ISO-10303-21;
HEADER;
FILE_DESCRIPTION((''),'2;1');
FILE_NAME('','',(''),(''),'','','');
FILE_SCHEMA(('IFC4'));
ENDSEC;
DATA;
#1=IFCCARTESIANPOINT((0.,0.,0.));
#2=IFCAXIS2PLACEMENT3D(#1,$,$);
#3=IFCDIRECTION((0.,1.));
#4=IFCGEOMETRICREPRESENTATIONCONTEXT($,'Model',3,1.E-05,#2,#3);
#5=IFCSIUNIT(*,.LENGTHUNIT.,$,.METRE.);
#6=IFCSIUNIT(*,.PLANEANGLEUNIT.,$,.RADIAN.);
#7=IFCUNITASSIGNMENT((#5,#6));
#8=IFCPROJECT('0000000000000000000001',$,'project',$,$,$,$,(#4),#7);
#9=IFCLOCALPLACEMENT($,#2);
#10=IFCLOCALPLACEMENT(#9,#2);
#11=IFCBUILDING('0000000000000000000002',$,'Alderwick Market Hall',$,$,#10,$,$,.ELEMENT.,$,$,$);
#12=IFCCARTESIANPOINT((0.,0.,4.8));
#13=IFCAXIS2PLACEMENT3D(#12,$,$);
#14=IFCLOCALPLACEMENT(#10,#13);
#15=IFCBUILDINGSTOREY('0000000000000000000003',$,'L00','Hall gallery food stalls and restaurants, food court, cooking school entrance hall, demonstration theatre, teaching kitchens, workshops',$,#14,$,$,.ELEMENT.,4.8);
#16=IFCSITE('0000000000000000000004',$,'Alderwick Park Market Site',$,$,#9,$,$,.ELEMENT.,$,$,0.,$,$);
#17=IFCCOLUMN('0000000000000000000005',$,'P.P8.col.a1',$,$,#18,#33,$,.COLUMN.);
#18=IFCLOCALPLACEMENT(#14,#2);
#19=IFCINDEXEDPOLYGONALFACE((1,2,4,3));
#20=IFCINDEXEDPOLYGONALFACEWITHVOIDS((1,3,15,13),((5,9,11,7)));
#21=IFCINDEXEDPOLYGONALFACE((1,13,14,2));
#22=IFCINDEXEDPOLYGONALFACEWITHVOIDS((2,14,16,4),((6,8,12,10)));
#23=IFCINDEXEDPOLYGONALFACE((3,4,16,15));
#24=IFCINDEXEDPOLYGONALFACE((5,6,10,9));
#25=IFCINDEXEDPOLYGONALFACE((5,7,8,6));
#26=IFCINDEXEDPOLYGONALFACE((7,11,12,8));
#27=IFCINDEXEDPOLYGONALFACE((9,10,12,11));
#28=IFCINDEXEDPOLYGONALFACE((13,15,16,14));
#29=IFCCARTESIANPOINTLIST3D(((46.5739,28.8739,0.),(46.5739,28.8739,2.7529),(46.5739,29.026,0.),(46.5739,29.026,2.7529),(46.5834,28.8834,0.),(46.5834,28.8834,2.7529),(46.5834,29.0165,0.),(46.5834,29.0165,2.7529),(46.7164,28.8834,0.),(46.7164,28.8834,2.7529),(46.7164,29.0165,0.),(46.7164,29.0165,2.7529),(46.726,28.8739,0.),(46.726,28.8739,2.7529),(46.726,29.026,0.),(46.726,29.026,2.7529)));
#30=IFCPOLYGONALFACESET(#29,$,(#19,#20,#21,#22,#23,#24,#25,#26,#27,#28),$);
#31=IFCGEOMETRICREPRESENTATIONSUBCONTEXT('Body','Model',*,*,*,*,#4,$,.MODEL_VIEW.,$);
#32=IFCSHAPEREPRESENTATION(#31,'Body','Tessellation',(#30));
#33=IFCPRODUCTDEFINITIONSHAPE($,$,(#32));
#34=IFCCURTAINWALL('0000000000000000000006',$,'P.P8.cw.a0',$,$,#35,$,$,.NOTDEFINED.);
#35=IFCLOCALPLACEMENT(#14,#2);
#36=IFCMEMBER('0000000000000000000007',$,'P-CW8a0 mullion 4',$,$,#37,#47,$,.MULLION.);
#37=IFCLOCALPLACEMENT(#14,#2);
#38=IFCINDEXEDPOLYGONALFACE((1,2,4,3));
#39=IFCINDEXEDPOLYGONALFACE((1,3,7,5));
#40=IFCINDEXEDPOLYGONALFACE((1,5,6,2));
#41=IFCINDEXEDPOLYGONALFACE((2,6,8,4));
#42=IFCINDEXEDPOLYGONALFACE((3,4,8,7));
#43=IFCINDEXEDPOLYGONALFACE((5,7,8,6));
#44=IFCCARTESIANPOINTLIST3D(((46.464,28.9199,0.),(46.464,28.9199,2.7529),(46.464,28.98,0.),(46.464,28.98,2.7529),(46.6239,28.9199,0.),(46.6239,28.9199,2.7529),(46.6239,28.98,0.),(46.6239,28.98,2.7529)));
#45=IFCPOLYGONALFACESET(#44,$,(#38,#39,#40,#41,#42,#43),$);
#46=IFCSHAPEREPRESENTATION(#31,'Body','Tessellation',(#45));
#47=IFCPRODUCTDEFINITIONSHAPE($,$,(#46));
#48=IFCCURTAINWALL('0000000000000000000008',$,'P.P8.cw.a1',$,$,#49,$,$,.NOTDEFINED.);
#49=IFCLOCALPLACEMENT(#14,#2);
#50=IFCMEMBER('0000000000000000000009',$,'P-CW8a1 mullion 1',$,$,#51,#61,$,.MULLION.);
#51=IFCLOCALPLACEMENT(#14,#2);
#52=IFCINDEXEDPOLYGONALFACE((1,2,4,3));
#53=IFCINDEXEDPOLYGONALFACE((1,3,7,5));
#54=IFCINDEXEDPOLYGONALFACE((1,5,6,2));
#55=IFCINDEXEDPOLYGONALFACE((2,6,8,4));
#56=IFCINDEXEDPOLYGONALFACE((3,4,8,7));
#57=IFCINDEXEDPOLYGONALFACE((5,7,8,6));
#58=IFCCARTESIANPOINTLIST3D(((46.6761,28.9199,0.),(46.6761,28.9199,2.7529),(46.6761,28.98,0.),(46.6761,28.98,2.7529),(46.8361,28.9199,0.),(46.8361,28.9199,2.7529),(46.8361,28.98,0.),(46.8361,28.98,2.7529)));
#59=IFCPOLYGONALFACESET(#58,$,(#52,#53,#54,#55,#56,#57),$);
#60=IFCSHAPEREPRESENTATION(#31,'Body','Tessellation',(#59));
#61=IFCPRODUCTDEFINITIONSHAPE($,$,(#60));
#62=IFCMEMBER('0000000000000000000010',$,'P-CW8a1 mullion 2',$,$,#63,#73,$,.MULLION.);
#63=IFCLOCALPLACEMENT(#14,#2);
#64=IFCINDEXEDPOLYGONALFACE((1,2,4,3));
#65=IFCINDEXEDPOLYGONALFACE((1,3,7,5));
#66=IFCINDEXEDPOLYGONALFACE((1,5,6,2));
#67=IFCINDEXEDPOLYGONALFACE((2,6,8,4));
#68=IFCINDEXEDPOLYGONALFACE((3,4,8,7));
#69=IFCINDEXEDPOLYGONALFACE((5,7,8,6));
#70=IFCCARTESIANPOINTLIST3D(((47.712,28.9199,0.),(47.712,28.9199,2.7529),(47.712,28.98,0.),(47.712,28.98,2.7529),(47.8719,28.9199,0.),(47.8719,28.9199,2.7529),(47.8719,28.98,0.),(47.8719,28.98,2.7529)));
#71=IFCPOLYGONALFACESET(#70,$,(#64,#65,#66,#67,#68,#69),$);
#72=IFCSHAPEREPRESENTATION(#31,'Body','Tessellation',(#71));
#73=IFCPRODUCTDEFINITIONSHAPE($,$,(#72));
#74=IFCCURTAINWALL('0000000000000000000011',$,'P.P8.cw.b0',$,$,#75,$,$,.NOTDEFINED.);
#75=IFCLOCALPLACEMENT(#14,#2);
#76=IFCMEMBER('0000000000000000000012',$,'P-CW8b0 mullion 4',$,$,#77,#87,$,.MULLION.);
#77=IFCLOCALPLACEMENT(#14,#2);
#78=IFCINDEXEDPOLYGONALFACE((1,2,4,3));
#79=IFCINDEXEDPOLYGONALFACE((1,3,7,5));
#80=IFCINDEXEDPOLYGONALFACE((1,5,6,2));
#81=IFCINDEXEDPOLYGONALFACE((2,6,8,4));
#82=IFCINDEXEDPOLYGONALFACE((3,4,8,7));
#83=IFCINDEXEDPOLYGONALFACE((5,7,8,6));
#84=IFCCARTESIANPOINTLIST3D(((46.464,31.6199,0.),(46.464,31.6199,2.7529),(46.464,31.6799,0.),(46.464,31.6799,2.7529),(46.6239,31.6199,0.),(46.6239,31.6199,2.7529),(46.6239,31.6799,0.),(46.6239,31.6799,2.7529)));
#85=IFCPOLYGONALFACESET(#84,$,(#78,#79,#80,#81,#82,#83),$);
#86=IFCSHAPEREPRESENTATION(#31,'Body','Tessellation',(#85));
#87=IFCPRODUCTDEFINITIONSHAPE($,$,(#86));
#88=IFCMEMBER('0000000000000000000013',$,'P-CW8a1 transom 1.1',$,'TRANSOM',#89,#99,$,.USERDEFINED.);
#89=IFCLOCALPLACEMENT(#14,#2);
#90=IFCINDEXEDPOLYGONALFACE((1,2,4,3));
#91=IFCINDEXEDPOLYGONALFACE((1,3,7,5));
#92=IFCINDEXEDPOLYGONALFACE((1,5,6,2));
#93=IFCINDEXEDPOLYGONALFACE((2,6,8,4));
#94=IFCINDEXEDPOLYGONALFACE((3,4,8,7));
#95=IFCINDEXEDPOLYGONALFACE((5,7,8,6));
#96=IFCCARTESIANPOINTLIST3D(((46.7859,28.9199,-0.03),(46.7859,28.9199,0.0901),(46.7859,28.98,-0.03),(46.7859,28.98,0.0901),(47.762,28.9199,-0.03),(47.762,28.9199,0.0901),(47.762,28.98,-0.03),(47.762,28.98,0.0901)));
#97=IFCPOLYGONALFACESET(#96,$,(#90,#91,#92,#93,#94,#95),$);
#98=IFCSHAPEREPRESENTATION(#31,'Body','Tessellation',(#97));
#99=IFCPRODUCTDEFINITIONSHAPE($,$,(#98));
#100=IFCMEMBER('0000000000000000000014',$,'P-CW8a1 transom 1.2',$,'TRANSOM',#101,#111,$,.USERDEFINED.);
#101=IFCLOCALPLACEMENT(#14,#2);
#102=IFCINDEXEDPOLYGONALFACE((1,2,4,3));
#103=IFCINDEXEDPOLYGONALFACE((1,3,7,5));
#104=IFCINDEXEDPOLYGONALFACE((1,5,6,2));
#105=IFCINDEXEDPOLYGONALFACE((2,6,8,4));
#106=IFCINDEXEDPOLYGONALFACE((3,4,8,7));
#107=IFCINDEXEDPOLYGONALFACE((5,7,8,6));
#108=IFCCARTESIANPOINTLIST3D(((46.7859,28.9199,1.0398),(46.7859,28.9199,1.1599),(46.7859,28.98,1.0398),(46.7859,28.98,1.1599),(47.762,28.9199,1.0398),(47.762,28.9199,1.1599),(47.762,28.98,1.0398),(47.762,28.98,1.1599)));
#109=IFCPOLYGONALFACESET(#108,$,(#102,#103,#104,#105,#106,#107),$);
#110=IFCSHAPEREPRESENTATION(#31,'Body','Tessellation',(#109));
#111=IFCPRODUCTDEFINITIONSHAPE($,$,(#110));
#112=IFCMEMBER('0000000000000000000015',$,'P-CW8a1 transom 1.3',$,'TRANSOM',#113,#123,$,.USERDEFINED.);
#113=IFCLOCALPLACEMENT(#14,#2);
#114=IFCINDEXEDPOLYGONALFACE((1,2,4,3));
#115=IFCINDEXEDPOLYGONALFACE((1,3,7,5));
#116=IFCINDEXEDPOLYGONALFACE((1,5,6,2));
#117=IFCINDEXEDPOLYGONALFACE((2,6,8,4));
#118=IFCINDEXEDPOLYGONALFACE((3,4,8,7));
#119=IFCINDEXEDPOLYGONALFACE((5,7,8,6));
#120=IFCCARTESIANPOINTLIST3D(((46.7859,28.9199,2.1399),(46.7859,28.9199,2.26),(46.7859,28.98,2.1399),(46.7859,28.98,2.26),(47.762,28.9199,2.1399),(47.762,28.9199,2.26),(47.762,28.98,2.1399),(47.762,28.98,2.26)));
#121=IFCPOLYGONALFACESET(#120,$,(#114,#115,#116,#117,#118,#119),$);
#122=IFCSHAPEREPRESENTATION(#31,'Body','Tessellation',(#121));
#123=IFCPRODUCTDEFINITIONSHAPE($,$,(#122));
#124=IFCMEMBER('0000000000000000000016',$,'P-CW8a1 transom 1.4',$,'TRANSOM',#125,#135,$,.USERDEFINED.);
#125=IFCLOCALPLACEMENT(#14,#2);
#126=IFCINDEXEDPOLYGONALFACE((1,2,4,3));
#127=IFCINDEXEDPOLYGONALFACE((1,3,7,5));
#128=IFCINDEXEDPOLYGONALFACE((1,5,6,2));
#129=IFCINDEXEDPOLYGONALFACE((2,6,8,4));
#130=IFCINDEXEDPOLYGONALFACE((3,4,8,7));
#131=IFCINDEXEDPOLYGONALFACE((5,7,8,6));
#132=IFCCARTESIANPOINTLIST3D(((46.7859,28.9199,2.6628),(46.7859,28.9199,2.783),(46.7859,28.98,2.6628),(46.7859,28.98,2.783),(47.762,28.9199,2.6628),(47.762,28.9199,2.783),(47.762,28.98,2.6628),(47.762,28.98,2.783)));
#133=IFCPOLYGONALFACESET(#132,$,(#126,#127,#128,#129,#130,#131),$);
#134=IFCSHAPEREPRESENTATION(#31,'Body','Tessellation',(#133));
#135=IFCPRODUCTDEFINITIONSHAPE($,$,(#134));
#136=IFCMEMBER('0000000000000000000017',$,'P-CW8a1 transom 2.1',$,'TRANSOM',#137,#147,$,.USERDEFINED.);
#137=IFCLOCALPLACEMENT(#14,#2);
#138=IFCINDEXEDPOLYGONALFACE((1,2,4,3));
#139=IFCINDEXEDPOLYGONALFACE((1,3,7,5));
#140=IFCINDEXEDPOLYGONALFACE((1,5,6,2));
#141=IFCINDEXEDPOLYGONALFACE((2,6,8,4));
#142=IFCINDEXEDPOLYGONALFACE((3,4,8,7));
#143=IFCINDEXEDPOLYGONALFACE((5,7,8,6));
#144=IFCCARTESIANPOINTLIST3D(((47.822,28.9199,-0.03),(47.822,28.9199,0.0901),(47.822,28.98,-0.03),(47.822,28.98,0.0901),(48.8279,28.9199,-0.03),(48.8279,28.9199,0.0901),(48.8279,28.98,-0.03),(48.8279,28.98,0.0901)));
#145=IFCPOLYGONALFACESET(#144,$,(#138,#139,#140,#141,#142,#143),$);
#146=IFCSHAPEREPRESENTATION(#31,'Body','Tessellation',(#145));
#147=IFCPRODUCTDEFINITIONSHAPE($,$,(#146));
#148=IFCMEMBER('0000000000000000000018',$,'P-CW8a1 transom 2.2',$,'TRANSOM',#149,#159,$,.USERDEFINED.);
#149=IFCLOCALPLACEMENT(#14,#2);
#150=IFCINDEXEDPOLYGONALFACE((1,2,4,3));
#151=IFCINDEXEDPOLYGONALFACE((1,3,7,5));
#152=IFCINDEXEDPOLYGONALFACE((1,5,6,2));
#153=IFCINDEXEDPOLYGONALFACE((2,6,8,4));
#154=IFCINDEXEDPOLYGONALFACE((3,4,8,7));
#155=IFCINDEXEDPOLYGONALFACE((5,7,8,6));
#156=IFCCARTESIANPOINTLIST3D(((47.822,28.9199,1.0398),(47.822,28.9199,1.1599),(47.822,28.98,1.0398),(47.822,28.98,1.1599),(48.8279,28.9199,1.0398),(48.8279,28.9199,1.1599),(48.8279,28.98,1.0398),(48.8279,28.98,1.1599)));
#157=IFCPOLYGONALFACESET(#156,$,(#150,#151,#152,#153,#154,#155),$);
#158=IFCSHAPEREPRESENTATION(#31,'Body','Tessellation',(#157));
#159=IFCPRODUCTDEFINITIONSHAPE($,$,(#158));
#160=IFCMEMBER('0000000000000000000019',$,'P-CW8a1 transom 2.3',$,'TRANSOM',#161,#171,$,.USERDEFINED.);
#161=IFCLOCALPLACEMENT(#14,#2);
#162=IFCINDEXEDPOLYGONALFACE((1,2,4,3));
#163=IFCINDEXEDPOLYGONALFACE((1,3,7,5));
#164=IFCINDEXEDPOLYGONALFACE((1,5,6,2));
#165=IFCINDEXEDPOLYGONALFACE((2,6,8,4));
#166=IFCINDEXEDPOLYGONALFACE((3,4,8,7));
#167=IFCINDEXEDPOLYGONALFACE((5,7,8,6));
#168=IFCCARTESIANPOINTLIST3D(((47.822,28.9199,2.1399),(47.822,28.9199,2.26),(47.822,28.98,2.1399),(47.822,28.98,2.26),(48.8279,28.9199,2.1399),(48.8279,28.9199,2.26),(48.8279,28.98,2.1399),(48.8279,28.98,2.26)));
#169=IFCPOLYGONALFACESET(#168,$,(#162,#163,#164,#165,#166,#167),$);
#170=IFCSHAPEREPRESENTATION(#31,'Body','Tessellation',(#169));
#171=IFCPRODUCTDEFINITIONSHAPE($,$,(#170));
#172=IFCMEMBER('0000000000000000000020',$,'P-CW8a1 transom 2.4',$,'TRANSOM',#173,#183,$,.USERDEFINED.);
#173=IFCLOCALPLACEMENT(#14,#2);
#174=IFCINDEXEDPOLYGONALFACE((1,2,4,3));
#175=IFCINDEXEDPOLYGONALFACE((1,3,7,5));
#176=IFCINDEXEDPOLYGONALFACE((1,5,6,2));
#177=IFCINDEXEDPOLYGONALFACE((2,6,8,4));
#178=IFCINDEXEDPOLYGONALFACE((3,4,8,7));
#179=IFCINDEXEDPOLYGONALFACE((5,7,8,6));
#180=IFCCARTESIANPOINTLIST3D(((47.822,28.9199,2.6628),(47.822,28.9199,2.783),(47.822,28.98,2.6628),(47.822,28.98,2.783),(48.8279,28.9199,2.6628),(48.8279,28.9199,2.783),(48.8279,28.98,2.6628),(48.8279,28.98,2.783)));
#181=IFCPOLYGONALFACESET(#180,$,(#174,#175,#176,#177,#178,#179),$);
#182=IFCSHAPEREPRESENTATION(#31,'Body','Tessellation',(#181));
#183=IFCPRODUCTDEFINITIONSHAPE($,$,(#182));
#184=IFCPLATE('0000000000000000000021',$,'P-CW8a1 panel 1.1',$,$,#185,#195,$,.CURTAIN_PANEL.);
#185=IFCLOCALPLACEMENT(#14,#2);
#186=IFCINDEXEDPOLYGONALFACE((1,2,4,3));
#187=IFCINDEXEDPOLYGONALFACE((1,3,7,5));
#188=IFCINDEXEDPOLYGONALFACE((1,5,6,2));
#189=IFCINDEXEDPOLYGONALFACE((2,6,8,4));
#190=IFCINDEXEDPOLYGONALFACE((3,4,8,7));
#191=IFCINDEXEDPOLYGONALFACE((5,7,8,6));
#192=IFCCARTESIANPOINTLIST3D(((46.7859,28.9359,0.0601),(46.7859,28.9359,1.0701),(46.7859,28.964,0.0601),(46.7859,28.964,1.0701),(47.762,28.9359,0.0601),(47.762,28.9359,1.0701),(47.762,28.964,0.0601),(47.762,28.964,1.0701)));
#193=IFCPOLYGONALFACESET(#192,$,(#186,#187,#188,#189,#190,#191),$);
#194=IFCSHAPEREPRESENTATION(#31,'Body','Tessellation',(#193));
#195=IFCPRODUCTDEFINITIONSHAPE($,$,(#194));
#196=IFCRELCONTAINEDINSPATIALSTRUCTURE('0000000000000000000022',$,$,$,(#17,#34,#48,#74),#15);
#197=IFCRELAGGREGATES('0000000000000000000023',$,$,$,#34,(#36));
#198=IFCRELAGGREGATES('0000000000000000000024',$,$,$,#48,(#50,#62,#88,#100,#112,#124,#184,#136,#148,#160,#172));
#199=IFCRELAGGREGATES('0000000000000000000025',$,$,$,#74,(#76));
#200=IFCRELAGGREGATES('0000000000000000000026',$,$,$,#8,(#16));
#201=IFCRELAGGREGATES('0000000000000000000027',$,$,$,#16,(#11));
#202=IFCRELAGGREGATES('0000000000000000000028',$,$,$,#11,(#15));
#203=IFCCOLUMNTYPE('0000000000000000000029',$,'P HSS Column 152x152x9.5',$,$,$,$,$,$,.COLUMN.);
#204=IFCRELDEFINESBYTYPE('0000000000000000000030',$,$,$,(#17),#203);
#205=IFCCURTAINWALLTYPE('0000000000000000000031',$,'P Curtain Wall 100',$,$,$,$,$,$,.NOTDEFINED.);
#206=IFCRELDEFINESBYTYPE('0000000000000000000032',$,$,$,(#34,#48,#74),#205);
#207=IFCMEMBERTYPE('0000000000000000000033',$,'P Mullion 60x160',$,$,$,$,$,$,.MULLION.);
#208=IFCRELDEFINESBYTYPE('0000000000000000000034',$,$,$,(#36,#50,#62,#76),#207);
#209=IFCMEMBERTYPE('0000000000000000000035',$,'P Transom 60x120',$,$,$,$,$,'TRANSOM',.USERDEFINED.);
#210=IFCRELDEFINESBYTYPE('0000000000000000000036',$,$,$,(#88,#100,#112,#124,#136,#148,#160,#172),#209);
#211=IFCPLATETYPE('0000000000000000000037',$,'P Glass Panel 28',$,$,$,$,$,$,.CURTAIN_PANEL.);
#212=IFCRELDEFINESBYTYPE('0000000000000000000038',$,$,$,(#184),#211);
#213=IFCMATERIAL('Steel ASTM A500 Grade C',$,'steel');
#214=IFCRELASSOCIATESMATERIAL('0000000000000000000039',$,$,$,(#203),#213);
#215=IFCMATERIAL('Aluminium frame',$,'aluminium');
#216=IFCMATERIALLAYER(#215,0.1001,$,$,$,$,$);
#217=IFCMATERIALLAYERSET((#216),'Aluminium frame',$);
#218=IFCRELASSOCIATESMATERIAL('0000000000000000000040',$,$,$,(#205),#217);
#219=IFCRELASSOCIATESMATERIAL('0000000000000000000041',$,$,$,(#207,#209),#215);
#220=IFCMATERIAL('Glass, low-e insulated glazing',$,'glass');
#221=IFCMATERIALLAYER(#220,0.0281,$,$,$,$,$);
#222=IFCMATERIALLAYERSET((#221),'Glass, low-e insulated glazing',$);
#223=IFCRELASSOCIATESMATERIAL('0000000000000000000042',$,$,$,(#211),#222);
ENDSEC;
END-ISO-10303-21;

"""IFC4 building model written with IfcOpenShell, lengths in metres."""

from ifc_helpers import new_model, si_unit, direction, frame, origin, origin_2d, place, context, subcontext, project, spatial, rectangle, hollow_rectangle, extrude, material, layer, layer_set, material_profile, profile_set, type_object, element, aggregate, save


model = new_model("IFC4")

# Units and contexts
model_context = context("Model", 3, precision=1e-05, world=origin(), true_north=direction((0.0, 1.0)))
body_context = subcontext(model_context, "Body", "Model", "MODEL_VIEW")
ifc_project = project(units=[si_unit("LENGTHUNIT", "METRE"), si_unit("PLANEANGLEUNIT", "RADIAN")], contexts=[model_context])

# Site, building, storey
site_placement = place(None, origin())
site = spatial("IfcSite", under=ifc_project, at=site_placement, Name="Alderwick Park Market Site", CompositionType="ELEMENT", RefElevation=0.0)
building_placement = place(site_placement, origin())
building = spatial("IfcBuilding", under=site, at=building_placement, Name="Alderwick Market Hall", CompositionType="ELEMENT")
storey_placement = place(building_placement, frame((0.0, 0.0, 4.8)))
storey = spatial("IfcBuildingStorey", under=building, at=storey_placement, Name="L00", Description="Hall gallery food stalls and restaurants, food court, cooking school entrance hall, demonstration theatre, teaching kitchens, workshops", CompositionType="ELEMENT", Elevation=4.8)

# Column
ifc_material_1 = material(Name="Steel ASTM A500 Grade C", Category="steel")
ifc_material_profile_1 = material_profile(ifc_material_1, hollow_rectangle(XDim=0.1521, YDim=0.1521, WallThickness=0.0095, at=origin_2d()), Name="HSS152x152x9.5")
ifc_profile_set_1 = profile_set([ifc_material_profile_1], Name="Steel ASTM A500 Grade C")
column_type = type_object("IfcColumnType", Name="P HSS Column 152x152x9.5", PredefinedType="COLUMN", material=ifc_profile_set_1)
column_placement = place(storey_placement, frame((46.6499, 28.95, 0.0), z_axis=(0.0, 0.0, 1.0), x_axis=(1.0, 0.0, 0.0)))
element("IfcColumn", 1, at=column_placement, inside=storey, type_object=column_type, Name="P.P8.col.a1", PredefinedType="COLUMN", context=body_context, shape_type="SweptSolid", body=[
    extrude(hollow_rectangle(XDim=0.1521, YDim=0.1521, WallThickness=0.0095, at=origin_2d()), origin(), (0.0, 0.0, 1.0), 2.7529),
])

# Curtain wall, member
ifc_material_2 = material(Name="Aluminium frame", Category="aluminium")
ifc_layer_1 = layer(ifc_material_2, 0.1001)
ifc_layer_set_1 = layer_set([ifc_layer_1], Name="Aluminium frame")
curtain_wall_type = type_object("IfcCurtainWallType", Name="P Curtain Wall 100", PredefinedType="NOTDEFINED", material=ifc_layer_set_1)
curtain_wall_1_placement = place(storey_placement, origin())
curtain_wall_1 = element("IfcCurtainWall", 2, at=curtain_wall_1_placement, inside=storey, type_object=curtain_wall_type, Name="P.P8.cw.a0", PredefinedType="NOTDEFINED")
ifc_material_profile_2 = material_profile(ifc_material_2, rectangle(XDim=0.0601, YDim=0.1599, at=origin_2d()), Name="P Mullion 60x160")
ifc_profile_set_2 = profile_set([ifc_material_profile_2], Name="Aluminium frame")
member_type_1 = type_object("IfcMemberType", Name="P Mullion 60x160", PredefinedType="MULLION", material=ifc_profile_set_2)
member_1_placement = place(storey_placement, frame((46.5439, 28.95, 0.0), z_axis=(0.0, 0.0, 1.0), x_axis=(0.0, 1.0, 0.0)))
member_1 = element("IfcMember", 3, at=member_1_placement, type_object=member_type_1, Name="P-CW8a0 mullion 4", PredefinedType="MULLION", context=body_context, shape_type="SweptSolid", body=[
    extrude(rectangle(XDim=0.0601, YDim=0.1599, at=origin_2d()), origin(), (0.0, 0.0, 1.0), 2.7529),
])
aggregate(curtain_wall_1, [member_1])

# Curtain wall, members
curtain_wall_2_placement = place(storey_placement, origin())
curtain_wall_2 = element("IfcCurtainWall", 4, at=curtain_wall_2_placement, inside=storey, type_object=curtain_wall_type, Name="P.P8.cw.a1", PredefinedType="NOTDEFINED")
member_2_placement = place(storey_placement, frame((46.7561, 28.95, 0.0), z_axis=(0.0, 0.0, 1.0), x_axis=(0.0, 1.0, 0.0)))
member_2 = element("IfcMember", 5, at=member_2_placement, type_object=member_type_1, Name="P-CW8a1 mullion 1", PredefinedType="MULLION", context=body_context, shape_type="SweptSolid", body=[
    extrude(rectangle(XDim=0.0601, YDim=0.1599, at=origin_2d()), origin(), (0.0, 0.0, 1.0), 2.7529),
])
member_3_placement = place(storey_placement, frame((47.792, 28.95, 0.0), z_axis=(0.0, 0.0, 1.0), x_axis=(0.0, 1.0, 0.0)))
member_3 = element("IfcMember", 6, at=member_3_placement, type_object=member_type_1, Name="P-CW8a1 mullion 2", PredefinedType="MULLION", context=body_context, shape_type="SweptSolid", body=[
    extrude(rectangle(XDim=0.0601, YDim=0.1599, at=origin_2d()), origin(), (0.0, 0.0, 1.0), 2.7529),
])

# Curtain wall, member
curtain_wall_3_placement = place(storey_placement, origin())
curtain_wall_3 = element("IfcCurtainWall", 7, at=curtain_wall_3_placement, inside=storey, type_object=curtain_wall_type, Name="P.P8.cw.b0", PredefinedType="NOTDEFINED")
member_4_placement = place(storey_placement, frame((46.5439, 31.6499, 0.0), z_axis=(0.0, 0.0, 1.0), x_axis=(0.0, 1.0, 0.0)))
member_4 = element("IfcMember", 8, at=member_4_placement, type_object=member_type_1, Name="P-CW8b0 mullion 4", PredefinedType="MULLION", context=body_context, shape_type="SweptSolid", body=[
    extrude(rectangle(XDim=0.0601, YDim=0.1599, at=origin_2d()), origin(), (0.0, 0.0, 1.0), 2.7529),
])

# Members
ifc_material_profile_3 = material_profile(ifc_material_2, rectangle(XDim=0.0601, YDim=0.1201, at=origin_2d()), Name="P Transom 60x120")
ifc_profile_set_3 = profile_set([ifc_material_profile_3], Name="Aluminium frame")
member_type_2 = type_object("IfcMemberType", Name="P Transom 60x120", ElementType="TRANSOM", PredefinedType="USERDEFINED", material=ifc_profile_set_3)
member_5_placement = place(storey_placement, frame((46.7859, 28.95, 0.03), z_axis=(1.0, 0.0, 0.0), x_axis=(0.0, 1.0, 0.0)))
member_5 = element("IfcMember", 9, at=member_5_placement, type_object=member_type_2, Name="P-CW8a1 transom 1.1", ObjectType="TRANSOM", PredefinedType="USERDEFINED", context=body_context, shape_type="SweptSolid", body=[
    extrude(rectangle(XDim=0.0601, YDim=0.1201, at=origin_2d()), origin(), (0.0, 0.0, 1.0), 0.9761),
])
member_6_placement = place(storey_placement, frame((46.7859, 28.95, 1.0999), z_axis=(1.0, 0.0, 0.0), x_axis=(0.0, 1.0, 0.0)))
member_6 = element("IfcMember", 10, at=member_6_placement, type_object=member_type_2, Name="P-CW8a1 transom 1.2", ObjectType="TRANSOM", PredefinedType="USERDEFINED", context=body_context, shape_type="SweptSolid", body=[
    extrude(rectangle(XDim=0.0601, YDim=0.1201, at=origin_2d()), origin(), (0.0, 0.0, 1.0), 0.9761),
])
member_7_placement = place(storey_placement, frame((46.7859, 28.95, 2.2), z_axis=(1.0, 0.0, 0.0), x_axis=(0.0, 1.0, 0.0)))
member_7 = element("IfcMember", 11, at=member_7_placement, type_object=member_type_2, Name="P-CW8a1 transom 1.3", ObjectType="TRANSOM", PredefinedType="USERDEFINED", context=body_context, shape_type="SweptSolid", body=[
    extrude(rectangle(XDim=0.0601, YDim=0.1201, at=origin_2d()), origin(), (0.0, 0.0, 1.0), 0.9761),
])
member_8_placement = place(storey_placement, frame((46.7859, 28.95, 2.7229), z_axis=(1.0, 0.0, 0.0), x_axis=(0.0, 1.0, 0.0)))
member_8 = element("IfcMember", 12, at=member_8_placement, type_object=member_type_2, Name="P-CW8a1 transom 1.4", ObjectType="TRANSOM", PredefinedType="USERDEFINED", context=body_context, shape_type="SweptSolid", body=[
    extrude(rectangle(XDim=0.0601, YDim=0.1201, at=origin_2d()), origin(), (0.0, 0.0, 1.0), 0.9761),
])
member_9_placement = place(storey_placement, frame((47.822, 28.95, 0.03), z_axis=(1.0, 0.0, 0.0), x_axis=(0.0, 1.0, 0.0)))
member_9 = element("IfcMember", 13, at=member_9_placement, type_object=member_type_2, Name="P-CW8a1 transom 2.1", ObjectType="TRANSOM", PredefinedType="USERDEFINED", context=body_context, shape_type="SweptSolid", body=[
    extrude(rectangle(XDim=0.0601, YDim=0.1201, at=origin_2d()), origin(), (0.0, 0.0, 1.0), 1.0059),
])
member_10_placement = place(storey_placement, frame((47.822, 28.95, 1.0999), z_axis=(1.0, 0.0, 0.0), x_axis=(0.0, 1.0, 0.0)))
member_10 = element("IfcMember", 14, at=member_10_placement, type_object=member_type_2, Name="P-CW8a1 transom 2.2", ObjectType="TRANSOM", PredefinedType="USERDEFINED", context=body_context, shape_type="SweptSolid", body=[
    extrude(rectangle(XDim=0.0601, YDim=0.1201, at=origin_2d()), origin(), (0.0, 0.0, 1.0), 1.0059),
])
member_11_placement = place(storey_placement, frame((47.822, 28.95, 2.2), z_axis=(1.0, 0.0, 0.0), x_axis=(0.0, 1.0, 0.0)))
member_11 = element("IfcMember", 15, at=member_11_placement, type_object=member_type_2, Name="P-CW8a1 transom 2.3", ObjectType="TRANSOM", PredefinedType="USERDEFINED", context=body_context, shape_type="SweptSolid", body=[
    extrude(rectangle(XDim=0.0601, YDim=0.1201, at=origin_2d()), origin(), (0.0, 0.0, 1.0), 1.0059),
])
member_12_placement = place(storey_placement, frame((47.822, 28.95, 2.7229), z_axis=(1.0, 0.0, 0.0), x_axis=(0.0, 1.0, 0.0)))
member_12 = element("IfcMember", 16, at=member_12_placement, type_object=member_type_2, Name="P-CW8a1 transom 2.4", ObjectType="TRANSOM", PredefinedType="USERDEFINED", context=body_context, shape_type="SweptSolid", body=[
    extrude(rectangle(XDim=0.0601, YDim=0.1201, at=origin_2d()), origin(), (0.0, 0.0, 1.0), 1.0059),
])

# Plate
ifc_material_3 = material(Name="Glass, low-e insulated glazing", Category="glass")
ifc_layer_2 = layer(ifc_material_3, 0.0281)
ifc_layer_set_2 = layer_set([ifc_layer_2], Name="Glass, low-e insulated glazing")
plate_type = type_object("IfcPlateType", Name="P Glass Panel 28", PredefinedType="CURTAIN_PANEL", material=ifc_layer_set_2)
plate_1_placement = place(storey_placement, frame((47.2739, 28.95, 0.0601), z_axis=(0.0, 0.0, 1.0), x_axis=(1.0, 0.0, 0.0)))
plate_1 = element("IfcPlate", 17, at=plate_1_placement, type_object=plate_type, Name="P-CW8a1 panel 1.1", PredefinedType="CURTAIN_PANEL", context=body_context, shape_type="SweptSolid", body=[
    extrude(rectangle(XDim=0.9761, YDim=0.0281, at=origin_2d()), origin(), (0.0, 0.0, 1.0), 1.01),
])
aggregate(curtain_wall_2, [member_2, member_3, member_5, member_6, member_7, member_8, plate_1, member_9, member_10, member_11, member_12])
aggregate(curtain_wall_3, [member_4])

save(model, "model.ifc")
